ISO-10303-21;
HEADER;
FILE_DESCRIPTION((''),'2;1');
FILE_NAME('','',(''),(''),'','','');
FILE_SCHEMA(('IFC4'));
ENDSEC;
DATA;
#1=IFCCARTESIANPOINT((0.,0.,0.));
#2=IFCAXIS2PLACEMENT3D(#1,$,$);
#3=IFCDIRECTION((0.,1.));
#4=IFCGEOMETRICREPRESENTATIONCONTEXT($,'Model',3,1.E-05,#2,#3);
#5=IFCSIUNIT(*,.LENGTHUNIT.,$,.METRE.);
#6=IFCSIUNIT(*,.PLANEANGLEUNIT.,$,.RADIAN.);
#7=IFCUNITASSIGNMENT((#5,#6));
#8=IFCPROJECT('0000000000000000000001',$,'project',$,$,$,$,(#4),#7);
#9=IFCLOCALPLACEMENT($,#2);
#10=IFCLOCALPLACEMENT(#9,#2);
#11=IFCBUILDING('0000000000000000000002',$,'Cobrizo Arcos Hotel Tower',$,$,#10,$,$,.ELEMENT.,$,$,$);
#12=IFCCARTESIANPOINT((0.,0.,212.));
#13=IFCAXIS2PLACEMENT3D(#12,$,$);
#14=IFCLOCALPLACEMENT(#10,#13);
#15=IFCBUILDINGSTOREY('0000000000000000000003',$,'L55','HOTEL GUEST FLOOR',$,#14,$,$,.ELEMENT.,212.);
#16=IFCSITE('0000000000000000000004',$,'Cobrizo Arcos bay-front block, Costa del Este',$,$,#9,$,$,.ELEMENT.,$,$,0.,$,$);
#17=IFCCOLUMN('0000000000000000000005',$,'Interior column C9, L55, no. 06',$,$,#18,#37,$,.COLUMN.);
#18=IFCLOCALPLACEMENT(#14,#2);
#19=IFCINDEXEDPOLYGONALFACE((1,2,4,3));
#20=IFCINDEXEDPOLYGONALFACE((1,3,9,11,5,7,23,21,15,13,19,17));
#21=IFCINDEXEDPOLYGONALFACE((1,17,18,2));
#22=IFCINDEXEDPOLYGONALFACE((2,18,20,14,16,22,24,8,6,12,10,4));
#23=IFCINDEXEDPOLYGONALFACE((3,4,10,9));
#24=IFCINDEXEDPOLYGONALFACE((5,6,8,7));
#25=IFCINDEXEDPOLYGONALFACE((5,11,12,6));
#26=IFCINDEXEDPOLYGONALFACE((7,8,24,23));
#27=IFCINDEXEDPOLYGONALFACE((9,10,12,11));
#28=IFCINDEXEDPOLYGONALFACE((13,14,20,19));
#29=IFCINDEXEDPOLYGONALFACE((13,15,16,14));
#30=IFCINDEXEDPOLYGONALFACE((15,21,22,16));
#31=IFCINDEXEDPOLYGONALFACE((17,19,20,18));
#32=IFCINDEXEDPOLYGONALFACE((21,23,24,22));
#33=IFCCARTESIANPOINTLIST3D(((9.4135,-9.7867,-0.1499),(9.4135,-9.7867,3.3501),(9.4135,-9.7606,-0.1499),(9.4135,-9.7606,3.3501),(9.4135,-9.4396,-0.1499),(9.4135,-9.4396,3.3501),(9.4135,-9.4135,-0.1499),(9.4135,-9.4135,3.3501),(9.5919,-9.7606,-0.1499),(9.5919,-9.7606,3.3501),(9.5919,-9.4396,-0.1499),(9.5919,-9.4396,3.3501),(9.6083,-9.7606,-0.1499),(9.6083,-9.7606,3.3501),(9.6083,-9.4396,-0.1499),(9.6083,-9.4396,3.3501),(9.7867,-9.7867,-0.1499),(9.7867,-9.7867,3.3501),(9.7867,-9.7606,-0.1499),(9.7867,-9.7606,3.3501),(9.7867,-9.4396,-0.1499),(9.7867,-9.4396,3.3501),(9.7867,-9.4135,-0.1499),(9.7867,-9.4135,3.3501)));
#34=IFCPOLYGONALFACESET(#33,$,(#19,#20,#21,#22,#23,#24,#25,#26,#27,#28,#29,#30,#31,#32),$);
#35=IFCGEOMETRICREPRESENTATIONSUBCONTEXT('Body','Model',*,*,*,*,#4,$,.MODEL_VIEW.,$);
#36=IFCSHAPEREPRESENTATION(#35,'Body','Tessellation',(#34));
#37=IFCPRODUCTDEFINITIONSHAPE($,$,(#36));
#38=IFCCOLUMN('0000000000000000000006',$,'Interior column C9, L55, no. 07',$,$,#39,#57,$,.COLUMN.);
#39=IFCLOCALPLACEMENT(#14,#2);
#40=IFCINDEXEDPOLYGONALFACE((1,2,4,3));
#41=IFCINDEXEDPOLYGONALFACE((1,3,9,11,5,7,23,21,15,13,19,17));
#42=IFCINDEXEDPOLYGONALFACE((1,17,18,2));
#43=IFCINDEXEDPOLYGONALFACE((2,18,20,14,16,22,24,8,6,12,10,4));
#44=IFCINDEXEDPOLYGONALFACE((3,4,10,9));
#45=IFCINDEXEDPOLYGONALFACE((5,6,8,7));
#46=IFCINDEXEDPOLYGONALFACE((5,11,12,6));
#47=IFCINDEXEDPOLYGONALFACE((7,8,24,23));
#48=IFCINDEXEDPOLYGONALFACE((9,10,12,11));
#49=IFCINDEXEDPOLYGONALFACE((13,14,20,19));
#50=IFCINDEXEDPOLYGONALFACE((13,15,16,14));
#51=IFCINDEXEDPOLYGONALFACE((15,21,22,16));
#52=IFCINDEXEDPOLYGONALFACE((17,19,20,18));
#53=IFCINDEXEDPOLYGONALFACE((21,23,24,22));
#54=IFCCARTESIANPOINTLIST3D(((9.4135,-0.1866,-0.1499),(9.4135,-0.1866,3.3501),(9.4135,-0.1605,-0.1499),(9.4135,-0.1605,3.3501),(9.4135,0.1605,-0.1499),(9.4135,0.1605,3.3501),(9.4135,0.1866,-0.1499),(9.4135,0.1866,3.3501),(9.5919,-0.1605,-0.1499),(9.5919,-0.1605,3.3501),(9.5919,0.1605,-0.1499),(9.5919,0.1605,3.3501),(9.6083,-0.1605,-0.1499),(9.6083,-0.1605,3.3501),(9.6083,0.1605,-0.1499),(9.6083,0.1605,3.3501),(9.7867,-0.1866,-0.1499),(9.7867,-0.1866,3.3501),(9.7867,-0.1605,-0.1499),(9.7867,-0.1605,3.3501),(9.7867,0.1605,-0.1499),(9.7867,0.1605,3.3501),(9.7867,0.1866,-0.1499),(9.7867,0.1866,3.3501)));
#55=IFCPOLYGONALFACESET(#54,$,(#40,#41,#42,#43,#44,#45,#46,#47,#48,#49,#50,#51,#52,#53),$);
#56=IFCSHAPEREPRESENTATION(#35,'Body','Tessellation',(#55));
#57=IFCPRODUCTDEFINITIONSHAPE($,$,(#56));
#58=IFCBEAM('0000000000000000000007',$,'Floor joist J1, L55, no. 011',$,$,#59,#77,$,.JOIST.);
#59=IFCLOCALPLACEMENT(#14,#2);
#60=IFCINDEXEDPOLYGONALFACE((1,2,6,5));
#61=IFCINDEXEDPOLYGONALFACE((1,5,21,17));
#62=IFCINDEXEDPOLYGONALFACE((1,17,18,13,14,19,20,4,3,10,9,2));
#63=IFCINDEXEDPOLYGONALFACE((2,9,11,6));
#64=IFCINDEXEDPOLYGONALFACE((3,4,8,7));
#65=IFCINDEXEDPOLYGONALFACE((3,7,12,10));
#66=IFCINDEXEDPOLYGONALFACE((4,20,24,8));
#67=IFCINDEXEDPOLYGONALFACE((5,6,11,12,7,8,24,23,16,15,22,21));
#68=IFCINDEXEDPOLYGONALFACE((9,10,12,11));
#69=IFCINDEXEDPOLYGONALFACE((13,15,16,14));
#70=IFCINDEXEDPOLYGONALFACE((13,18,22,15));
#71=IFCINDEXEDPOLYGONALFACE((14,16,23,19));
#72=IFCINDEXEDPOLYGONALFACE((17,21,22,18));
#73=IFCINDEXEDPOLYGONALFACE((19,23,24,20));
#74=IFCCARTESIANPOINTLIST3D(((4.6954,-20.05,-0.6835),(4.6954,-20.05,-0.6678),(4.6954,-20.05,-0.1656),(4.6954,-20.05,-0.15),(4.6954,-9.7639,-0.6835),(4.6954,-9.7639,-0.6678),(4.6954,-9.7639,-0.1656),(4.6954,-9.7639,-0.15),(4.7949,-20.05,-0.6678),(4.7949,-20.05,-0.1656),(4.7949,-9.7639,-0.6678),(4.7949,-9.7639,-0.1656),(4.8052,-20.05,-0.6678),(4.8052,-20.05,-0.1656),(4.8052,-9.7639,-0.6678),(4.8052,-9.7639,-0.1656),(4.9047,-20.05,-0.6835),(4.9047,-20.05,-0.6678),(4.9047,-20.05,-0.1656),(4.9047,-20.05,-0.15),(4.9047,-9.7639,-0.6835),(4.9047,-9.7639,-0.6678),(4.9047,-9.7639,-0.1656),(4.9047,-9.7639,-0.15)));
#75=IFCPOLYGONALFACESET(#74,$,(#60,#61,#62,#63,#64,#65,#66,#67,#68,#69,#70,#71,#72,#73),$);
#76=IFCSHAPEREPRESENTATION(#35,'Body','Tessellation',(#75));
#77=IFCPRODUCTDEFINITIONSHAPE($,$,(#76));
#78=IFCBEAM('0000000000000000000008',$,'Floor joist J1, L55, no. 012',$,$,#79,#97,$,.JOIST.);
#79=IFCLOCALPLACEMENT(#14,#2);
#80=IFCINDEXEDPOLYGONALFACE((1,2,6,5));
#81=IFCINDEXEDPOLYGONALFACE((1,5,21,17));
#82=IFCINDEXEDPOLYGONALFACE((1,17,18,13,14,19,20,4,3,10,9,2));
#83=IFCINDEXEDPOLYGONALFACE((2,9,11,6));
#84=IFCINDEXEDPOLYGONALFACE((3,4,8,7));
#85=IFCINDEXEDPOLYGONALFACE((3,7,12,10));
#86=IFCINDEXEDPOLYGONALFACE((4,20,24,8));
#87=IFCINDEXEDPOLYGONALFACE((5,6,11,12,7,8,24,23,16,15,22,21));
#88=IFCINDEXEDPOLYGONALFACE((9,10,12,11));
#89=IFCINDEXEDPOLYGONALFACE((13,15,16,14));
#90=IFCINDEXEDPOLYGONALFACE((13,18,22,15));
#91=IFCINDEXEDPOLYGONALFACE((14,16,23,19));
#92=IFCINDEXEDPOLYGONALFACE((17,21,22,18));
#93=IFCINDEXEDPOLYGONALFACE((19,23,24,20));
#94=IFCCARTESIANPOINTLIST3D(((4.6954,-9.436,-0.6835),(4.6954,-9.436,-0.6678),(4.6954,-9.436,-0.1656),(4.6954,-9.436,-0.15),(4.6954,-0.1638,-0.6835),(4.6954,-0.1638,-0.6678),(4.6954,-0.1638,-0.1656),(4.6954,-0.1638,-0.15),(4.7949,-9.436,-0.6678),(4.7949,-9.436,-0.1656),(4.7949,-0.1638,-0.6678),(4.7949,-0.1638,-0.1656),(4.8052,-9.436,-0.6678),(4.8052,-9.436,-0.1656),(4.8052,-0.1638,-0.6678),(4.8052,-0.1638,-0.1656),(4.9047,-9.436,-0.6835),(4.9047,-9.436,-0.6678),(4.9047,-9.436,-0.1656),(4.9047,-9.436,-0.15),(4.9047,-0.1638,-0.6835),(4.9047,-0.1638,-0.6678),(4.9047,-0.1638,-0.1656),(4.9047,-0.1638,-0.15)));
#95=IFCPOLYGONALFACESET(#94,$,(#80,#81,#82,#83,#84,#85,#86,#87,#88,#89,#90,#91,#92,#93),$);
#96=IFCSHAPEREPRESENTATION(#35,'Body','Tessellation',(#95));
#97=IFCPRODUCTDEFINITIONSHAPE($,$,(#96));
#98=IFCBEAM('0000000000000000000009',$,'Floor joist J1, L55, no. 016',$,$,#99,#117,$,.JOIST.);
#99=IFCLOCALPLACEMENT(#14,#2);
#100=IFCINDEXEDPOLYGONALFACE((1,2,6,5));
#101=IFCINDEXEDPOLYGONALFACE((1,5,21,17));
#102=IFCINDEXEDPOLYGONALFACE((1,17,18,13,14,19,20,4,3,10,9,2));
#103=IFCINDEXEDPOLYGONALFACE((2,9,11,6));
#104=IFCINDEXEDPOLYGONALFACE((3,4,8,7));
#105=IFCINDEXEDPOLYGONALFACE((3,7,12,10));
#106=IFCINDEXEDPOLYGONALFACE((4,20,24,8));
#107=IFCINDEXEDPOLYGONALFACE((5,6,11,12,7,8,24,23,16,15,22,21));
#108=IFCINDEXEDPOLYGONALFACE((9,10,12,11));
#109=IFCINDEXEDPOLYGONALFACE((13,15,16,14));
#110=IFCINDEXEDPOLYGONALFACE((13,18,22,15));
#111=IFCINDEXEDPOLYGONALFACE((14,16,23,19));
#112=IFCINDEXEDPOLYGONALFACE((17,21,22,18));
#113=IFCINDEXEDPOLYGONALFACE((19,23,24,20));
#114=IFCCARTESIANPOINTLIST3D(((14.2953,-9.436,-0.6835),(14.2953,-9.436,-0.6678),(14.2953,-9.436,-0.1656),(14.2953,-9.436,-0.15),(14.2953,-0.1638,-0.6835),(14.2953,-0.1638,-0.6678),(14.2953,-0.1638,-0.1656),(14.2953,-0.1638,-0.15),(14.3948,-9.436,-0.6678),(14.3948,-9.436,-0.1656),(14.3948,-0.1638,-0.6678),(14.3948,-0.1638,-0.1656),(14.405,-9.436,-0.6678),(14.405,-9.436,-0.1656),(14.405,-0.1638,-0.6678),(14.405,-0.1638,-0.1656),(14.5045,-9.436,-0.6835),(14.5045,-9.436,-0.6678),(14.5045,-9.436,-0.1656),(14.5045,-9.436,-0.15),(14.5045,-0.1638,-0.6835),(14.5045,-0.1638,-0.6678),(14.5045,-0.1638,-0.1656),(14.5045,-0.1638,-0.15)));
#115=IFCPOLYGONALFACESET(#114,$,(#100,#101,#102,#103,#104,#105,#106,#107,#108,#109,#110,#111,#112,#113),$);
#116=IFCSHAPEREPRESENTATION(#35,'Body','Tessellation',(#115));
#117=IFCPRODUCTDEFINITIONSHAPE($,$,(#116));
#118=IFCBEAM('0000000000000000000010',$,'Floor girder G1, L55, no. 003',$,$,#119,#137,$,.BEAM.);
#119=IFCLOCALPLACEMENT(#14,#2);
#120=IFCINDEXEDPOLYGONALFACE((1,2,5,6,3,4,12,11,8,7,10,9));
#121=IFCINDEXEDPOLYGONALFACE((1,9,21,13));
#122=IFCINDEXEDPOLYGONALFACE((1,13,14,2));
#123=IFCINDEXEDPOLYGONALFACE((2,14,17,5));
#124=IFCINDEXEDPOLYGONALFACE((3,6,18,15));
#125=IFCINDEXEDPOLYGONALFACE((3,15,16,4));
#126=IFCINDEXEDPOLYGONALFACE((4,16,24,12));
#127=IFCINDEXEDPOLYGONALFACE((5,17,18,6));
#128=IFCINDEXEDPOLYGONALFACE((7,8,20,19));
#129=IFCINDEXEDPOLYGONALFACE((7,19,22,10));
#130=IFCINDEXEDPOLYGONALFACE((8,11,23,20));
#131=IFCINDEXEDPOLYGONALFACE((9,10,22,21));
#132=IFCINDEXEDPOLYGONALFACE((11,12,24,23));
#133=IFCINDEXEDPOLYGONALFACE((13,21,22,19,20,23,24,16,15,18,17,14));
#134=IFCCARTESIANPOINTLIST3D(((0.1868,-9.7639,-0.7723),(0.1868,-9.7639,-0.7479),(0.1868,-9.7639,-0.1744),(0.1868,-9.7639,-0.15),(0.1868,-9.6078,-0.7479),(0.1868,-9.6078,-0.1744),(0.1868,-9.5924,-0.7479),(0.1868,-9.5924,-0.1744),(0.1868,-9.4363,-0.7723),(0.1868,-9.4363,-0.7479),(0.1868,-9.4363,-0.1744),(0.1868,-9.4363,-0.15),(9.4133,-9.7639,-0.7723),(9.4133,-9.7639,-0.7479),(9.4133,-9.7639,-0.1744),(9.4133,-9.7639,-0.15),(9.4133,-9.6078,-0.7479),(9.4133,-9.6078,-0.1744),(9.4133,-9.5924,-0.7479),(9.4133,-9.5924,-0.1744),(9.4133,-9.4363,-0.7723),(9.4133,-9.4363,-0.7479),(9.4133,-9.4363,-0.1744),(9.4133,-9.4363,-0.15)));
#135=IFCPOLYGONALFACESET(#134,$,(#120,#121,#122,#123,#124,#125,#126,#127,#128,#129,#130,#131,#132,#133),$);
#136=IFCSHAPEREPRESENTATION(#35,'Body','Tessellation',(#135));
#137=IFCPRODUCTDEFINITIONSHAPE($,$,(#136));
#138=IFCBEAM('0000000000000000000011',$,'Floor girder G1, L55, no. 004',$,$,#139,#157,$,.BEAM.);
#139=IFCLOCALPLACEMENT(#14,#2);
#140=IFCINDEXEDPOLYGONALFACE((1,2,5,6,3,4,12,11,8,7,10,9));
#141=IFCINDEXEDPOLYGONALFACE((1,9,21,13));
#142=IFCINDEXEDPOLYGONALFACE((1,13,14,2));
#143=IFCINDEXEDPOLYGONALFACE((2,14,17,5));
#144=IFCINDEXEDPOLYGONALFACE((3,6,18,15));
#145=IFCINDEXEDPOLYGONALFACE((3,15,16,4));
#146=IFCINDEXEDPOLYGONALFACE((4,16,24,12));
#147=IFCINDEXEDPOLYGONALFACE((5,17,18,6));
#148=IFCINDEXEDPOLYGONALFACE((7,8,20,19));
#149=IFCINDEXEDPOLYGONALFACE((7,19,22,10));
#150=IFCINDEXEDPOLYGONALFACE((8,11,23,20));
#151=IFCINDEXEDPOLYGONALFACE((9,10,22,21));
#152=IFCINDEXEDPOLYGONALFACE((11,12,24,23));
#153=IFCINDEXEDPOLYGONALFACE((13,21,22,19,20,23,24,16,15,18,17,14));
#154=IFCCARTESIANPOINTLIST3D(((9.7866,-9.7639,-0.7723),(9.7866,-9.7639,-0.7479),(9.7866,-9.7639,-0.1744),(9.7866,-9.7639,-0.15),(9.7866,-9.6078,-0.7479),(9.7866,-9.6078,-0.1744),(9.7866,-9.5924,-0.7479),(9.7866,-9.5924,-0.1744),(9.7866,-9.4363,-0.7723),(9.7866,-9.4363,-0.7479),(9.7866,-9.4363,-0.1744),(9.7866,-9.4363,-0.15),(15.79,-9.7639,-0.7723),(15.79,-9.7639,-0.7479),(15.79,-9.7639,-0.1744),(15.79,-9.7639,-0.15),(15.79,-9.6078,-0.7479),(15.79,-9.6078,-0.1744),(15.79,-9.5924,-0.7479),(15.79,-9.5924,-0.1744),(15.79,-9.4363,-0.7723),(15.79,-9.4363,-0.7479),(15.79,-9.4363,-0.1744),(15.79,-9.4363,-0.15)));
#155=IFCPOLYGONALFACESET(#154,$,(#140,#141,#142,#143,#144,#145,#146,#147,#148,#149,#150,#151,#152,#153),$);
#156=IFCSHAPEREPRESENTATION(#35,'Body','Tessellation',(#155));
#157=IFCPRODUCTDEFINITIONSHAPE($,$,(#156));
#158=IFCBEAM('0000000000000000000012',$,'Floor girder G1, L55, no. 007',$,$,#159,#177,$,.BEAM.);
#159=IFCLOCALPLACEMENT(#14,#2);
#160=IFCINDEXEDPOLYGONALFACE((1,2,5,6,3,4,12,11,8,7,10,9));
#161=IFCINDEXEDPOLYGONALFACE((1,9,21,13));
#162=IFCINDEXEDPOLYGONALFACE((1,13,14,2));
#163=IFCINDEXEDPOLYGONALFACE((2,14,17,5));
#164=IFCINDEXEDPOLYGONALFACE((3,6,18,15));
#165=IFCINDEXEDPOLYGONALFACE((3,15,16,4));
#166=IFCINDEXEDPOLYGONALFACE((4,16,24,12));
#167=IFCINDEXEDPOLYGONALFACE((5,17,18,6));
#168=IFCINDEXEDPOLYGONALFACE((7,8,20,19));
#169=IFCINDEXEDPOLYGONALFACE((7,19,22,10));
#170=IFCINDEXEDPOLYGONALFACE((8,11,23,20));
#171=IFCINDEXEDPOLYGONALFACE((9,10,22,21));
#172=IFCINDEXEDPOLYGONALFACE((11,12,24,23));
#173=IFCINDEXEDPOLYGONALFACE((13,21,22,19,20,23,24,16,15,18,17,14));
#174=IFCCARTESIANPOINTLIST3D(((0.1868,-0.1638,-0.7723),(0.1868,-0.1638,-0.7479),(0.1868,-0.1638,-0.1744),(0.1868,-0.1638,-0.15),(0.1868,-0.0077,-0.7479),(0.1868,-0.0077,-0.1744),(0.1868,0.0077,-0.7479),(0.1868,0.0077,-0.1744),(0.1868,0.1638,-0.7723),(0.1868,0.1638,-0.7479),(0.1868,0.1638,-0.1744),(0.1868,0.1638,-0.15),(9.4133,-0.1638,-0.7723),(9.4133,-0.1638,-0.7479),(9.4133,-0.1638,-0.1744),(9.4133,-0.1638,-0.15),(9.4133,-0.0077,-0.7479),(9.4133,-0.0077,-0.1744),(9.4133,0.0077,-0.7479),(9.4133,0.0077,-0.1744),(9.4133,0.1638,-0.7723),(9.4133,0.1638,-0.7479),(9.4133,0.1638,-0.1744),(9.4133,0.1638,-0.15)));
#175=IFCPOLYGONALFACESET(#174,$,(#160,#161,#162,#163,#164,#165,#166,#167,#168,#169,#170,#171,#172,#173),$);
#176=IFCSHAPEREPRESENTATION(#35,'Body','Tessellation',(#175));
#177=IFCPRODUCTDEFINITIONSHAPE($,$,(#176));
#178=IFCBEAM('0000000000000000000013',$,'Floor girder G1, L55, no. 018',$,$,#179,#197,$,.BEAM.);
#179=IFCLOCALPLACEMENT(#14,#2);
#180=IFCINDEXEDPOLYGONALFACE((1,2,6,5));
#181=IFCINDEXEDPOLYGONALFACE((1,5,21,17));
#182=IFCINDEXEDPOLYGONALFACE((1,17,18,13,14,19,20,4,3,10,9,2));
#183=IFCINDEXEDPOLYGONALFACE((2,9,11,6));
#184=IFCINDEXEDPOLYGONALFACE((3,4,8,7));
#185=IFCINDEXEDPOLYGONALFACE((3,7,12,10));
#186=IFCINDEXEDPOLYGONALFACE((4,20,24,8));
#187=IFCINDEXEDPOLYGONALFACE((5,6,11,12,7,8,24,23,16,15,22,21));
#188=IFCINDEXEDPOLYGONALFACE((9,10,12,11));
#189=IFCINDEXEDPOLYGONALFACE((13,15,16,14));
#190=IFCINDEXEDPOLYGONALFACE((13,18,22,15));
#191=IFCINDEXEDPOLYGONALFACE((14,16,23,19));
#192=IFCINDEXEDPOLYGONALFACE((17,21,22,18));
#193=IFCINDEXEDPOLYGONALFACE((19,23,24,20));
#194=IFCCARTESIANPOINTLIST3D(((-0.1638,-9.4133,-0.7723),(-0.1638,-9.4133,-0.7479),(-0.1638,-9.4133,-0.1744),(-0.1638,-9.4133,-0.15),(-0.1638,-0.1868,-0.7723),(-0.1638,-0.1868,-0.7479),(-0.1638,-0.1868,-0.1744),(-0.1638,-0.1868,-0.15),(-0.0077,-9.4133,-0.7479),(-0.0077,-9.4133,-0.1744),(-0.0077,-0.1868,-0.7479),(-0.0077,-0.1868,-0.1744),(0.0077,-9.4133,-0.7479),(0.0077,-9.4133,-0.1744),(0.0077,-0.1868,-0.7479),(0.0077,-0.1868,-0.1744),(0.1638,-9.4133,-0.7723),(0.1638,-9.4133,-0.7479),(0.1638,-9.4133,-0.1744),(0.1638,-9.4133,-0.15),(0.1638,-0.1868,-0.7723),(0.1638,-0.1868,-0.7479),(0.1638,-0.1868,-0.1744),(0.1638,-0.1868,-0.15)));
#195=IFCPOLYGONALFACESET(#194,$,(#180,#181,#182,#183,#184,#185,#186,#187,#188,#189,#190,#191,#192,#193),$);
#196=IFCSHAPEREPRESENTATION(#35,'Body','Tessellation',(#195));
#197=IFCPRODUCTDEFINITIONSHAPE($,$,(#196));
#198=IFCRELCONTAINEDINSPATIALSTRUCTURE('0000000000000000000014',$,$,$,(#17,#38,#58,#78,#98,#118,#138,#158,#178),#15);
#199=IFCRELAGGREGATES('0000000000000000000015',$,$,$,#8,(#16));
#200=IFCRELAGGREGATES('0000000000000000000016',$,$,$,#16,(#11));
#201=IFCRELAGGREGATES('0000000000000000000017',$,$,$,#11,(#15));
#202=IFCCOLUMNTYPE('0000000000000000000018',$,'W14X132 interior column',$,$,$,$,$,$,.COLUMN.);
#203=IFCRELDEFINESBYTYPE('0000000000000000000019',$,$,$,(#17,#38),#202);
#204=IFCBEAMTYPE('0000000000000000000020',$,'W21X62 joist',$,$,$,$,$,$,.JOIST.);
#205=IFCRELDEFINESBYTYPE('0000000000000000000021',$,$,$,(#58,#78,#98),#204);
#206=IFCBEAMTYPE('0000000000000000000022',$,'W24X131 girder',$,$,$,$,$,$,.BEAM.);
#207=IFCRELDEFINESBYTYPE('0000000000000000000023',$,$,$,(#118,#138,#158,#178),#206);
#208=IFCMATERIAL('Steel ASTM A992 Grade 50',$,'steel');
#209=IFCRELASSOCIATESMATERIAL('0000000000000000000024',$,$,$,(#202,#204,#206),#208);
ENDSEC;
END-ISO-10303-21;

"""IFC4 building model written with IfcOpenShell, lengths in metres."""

from ifc_helpers import new_model, si_unit, direction, frame, origin, origin_2d, place, context, subcontext, project, spatial, i_section, extrude, material, material_profile, profile_set, type_object, element, save


model = new_model("IFC4")

# Units and contexts
model_context = context("Model", 3, precision=1e-05, world=origin(), true_north=direction((0.0, 1.0)))
body_context = subcontext(model_context, "Body", "Model", "MODEL_VIEW")
ifc_project = project(units=[si_unit("LENGTHUNIT", "METRE"), si_unit("PLANEANGLEUNIT", "RADIAN")], contexts=[model_context])

# Site, building, storey
site_placement = place(None, origin())
site = spatial("IfcSite", under=ifc_project, at=site_placement, Name="Cobrizo Arcos bay-front block, Costa del Este", CompositionType="ELEMENT", RefElevation=0.0)
building_placement = place(site_placement, origin())
building = spatial("IfcBuilding", under=site, at=building_placement, Name="Cobrizo Arcos Hotel Tower", CompositionType="ELEMENT")
storey_placement = place(building_placement, frame((0.0, 0.0, 212.0)))
storey = spatial("IfcBuildingStorey", under=building, at=storey_placement, Name="L55", Description="HOTEL GUEST FLOOR", CompositionType="ELEMENT", Elevation=212.0)

# Columns
ifc_material_1 = material(Name="Steel ASTM A992 Grade 50", Category="steel")
ifc_material_profile_1 = material_profile(ifc_material_1, i_section(OverallWidth=0.3733, OverallDepth=0.3733, WebThickness=0.0164, FlangeThickness=0.0261, at=origin_2d()), Name="W14X132")
ifc_profile_set_1 = profile_set([ifc_material_profile_1], Name="Steel ASTM A992 Grade 50")
column_type = type_object("IfcColumnType", Name="W14X132 interior column", PredefinedType="COLUMN", material=ifc_profile_set_1)
for number, where, z_axis, x_axis, name in (
    (1, (9.6001, -9.6001, -0.1499), (0.0, 0.0, 1.0), (1.0, 0.0, 0.0), "Interior column C9, L55, no. 06"),
    (2, (9.6001, 0.0, -0.1499), (0.0, 0.0, 1.0), (1.0, 0.0, 0.0), "Interior column C9, L55, no. 07"),
):
    element("IfcColumn", number, at=place(storey_placement, frame(where, z_axis=z_axis, x_axis=x_axis)), inside=storey, type_object=column_type, Name=name, PredefinedType="COLUMN", context=body_context, shape_type="SweptSolid", body=[
        extrude(i_section(OverallWidth=0.3733, OverallDepth=0.3733, WebThickness=0.0164, FlangeThickness=0.0261, at=origin_2d()), origin(), (0.0, 0.0, 1.0), 3.5),
    ])

# Beams
ifc_material_profile_2 = material_profile(ifc_material_1, i_section(OverallWidth=0.2092, OverallDepth=0.5334, WebThickness=0.0103, FlangeThickness=0.0156, at=origin_2d()), Name="W21X62")
ifc_profile_set_2 = profile_set([ifc_material_profile_2], Name="Steel ASTM A992 Grade 50")
beam_type_1 = type_object("IfcBeamType", Name="W21X62 joist", PredefinedType="JOIST", material=ifc_profile_set_2)
beam_1_placement = place(storey_placement, frame((4.8, -20.05, -0.4167), z_axis=(0.0, 1.0, 0.0), x_axis=(-1.0, 0.0, 0.0)))
element("IfcBeam", 3, at=beam_1_placement, inside=storey, type_object=beam_type_1, Name="Floor joist J1, L55, no. 011", PredefinedType="JOIST", context=body_context, shape_type="SweptSolid", body=[
    extrude(i_section(OverallWidth=0.2092, OverallDepth=0.5334, WebThickness=0.0103, FlangeThickness=0.0156, at=origin_2d()), origin(), (0.0, 0.0, 1.0), 10.2861),
])
for number, where, z_axis, x_axis, name in (
    (4, (4.8, -9.436, -0.4167), (0.0, 1.0, 0.0), (-1.0, 0.0, 0.0), "Floor joist J1, L55, no. 012"),
    (5, (14.3999, -9.436, -0.4167), (0.0, 1.0, 0.0), (-1.0, 0.0, 0.0), "Floor joist J1, L55, no. 016"),
):
    element("IfcBeam", number, at=place(storey_placement, frame(where, z_axis=z_axis, x_axis=x_axis)), inside=storey, type_object=beam_type_1, Name=name, PredefinedType="JOIST", context=body_context, shape_type="SweptSolid", body=[
        extrude(i_section(OverallWidth=0.2092, OverallDepth=0.5334, WebThickness=0.0103, FlangeThickness=0.0156, at=origin_2d()), origin(), (0.0, 0.0, 1.0), 9.2722),
    ])
ifc_material_profile_3 = material_profile(ifc_material_1, i_section(OverallWidth=0.3276, OverallDepth=0.6223, WebThickness=0.0154, FlangeThickness=0.0244, at=origin_2d()), Name="W24X131")
ifc_profile_set_3 = profile_set([ifc_material_profile_3], Name="Steel ASTM A992 Grade 50")
beam_type_2 = type_object("IfcBeamType", Name="W24X131 girder", PredefinedType="BEAM", material=ifc_profile_set_3)
beam_2_placement = place(storey_placement, frame((0.1868, -9.6001, -0.4612), z_axis=(1.0, 0.0, 0.0), x_axis=(0.0, 1.0, 0.0)))
element("IfcBeam", 6, at=beam_2_placement, inside=storey, type_object=beam_type_2, Name="Floor girder G1, L55, no. 003", PredefinedType="BEAM", context=body_context, shape_type="SweptSolid", body=[
    extrude(i_section(OverallWidth=0.3276, OverallDepth=0.6223, WebThickness=0.0154, FlangeThickness=0.0244, at=origin_2d()), origin(), (0.0, 0.0, 1.0), 9.2266),
])
beam_3_placement = place(storey_placement, frame((9.7866, -9.6001, -0.4612), z_axis=(1.0, 0.0, 0.0), x_axis=(0.0, 1.0, 0.0)))
element("IfcBeam", 7, at=beam_3_placement, inside=storey, type_object=beam_type_2, Name="Floor girder G1, L55, no. 004", PredefinedType="BEAM", context=body_context, shape_type="SweptSolid", body=[
    extrude(i_section(OverallWidth=0.3276, OverallDepth=0.6223, WebThickness=0.0154, FlangeThickness=0.0244, at=origin_2d()), origin(), (0.0, 0.0, 1.0), 6.0034),
])
for number, where, z_axis, x_axis, name in (
    (8, (0.1868, 0.0, -0.4612), (1.0, 0.0, 0.0), (0.0, 1.0, 0.0), "Floor girder G1, L55, no. 007"),
    (9, (0.0, -9.4133, -0.4612), (0.0, 1.0, 0.0), (-1.0, 0.0, 0.0), "Floor girder G1, L55, no. 018"),
):
    element("IfcBeam", number, at=place(storey_placement, frame(where, z_axis=z_axis, x_axis=x_axis)), inside=storey, type_object=beam_type_2, Name=name, PredefinedType="BEAM", context=body_context, shape_type="SweptSolid", body=[
        extrude(i_section(OverallWidth=0.3276, OverallDepth=0.6223, WebThickness=0.0154, FlangeThickness=0.0244, at=origin_2d()), origin(), (0.0, 0.0, 1.0), 9.2266),
    ])

save(model, "model.ifc")
